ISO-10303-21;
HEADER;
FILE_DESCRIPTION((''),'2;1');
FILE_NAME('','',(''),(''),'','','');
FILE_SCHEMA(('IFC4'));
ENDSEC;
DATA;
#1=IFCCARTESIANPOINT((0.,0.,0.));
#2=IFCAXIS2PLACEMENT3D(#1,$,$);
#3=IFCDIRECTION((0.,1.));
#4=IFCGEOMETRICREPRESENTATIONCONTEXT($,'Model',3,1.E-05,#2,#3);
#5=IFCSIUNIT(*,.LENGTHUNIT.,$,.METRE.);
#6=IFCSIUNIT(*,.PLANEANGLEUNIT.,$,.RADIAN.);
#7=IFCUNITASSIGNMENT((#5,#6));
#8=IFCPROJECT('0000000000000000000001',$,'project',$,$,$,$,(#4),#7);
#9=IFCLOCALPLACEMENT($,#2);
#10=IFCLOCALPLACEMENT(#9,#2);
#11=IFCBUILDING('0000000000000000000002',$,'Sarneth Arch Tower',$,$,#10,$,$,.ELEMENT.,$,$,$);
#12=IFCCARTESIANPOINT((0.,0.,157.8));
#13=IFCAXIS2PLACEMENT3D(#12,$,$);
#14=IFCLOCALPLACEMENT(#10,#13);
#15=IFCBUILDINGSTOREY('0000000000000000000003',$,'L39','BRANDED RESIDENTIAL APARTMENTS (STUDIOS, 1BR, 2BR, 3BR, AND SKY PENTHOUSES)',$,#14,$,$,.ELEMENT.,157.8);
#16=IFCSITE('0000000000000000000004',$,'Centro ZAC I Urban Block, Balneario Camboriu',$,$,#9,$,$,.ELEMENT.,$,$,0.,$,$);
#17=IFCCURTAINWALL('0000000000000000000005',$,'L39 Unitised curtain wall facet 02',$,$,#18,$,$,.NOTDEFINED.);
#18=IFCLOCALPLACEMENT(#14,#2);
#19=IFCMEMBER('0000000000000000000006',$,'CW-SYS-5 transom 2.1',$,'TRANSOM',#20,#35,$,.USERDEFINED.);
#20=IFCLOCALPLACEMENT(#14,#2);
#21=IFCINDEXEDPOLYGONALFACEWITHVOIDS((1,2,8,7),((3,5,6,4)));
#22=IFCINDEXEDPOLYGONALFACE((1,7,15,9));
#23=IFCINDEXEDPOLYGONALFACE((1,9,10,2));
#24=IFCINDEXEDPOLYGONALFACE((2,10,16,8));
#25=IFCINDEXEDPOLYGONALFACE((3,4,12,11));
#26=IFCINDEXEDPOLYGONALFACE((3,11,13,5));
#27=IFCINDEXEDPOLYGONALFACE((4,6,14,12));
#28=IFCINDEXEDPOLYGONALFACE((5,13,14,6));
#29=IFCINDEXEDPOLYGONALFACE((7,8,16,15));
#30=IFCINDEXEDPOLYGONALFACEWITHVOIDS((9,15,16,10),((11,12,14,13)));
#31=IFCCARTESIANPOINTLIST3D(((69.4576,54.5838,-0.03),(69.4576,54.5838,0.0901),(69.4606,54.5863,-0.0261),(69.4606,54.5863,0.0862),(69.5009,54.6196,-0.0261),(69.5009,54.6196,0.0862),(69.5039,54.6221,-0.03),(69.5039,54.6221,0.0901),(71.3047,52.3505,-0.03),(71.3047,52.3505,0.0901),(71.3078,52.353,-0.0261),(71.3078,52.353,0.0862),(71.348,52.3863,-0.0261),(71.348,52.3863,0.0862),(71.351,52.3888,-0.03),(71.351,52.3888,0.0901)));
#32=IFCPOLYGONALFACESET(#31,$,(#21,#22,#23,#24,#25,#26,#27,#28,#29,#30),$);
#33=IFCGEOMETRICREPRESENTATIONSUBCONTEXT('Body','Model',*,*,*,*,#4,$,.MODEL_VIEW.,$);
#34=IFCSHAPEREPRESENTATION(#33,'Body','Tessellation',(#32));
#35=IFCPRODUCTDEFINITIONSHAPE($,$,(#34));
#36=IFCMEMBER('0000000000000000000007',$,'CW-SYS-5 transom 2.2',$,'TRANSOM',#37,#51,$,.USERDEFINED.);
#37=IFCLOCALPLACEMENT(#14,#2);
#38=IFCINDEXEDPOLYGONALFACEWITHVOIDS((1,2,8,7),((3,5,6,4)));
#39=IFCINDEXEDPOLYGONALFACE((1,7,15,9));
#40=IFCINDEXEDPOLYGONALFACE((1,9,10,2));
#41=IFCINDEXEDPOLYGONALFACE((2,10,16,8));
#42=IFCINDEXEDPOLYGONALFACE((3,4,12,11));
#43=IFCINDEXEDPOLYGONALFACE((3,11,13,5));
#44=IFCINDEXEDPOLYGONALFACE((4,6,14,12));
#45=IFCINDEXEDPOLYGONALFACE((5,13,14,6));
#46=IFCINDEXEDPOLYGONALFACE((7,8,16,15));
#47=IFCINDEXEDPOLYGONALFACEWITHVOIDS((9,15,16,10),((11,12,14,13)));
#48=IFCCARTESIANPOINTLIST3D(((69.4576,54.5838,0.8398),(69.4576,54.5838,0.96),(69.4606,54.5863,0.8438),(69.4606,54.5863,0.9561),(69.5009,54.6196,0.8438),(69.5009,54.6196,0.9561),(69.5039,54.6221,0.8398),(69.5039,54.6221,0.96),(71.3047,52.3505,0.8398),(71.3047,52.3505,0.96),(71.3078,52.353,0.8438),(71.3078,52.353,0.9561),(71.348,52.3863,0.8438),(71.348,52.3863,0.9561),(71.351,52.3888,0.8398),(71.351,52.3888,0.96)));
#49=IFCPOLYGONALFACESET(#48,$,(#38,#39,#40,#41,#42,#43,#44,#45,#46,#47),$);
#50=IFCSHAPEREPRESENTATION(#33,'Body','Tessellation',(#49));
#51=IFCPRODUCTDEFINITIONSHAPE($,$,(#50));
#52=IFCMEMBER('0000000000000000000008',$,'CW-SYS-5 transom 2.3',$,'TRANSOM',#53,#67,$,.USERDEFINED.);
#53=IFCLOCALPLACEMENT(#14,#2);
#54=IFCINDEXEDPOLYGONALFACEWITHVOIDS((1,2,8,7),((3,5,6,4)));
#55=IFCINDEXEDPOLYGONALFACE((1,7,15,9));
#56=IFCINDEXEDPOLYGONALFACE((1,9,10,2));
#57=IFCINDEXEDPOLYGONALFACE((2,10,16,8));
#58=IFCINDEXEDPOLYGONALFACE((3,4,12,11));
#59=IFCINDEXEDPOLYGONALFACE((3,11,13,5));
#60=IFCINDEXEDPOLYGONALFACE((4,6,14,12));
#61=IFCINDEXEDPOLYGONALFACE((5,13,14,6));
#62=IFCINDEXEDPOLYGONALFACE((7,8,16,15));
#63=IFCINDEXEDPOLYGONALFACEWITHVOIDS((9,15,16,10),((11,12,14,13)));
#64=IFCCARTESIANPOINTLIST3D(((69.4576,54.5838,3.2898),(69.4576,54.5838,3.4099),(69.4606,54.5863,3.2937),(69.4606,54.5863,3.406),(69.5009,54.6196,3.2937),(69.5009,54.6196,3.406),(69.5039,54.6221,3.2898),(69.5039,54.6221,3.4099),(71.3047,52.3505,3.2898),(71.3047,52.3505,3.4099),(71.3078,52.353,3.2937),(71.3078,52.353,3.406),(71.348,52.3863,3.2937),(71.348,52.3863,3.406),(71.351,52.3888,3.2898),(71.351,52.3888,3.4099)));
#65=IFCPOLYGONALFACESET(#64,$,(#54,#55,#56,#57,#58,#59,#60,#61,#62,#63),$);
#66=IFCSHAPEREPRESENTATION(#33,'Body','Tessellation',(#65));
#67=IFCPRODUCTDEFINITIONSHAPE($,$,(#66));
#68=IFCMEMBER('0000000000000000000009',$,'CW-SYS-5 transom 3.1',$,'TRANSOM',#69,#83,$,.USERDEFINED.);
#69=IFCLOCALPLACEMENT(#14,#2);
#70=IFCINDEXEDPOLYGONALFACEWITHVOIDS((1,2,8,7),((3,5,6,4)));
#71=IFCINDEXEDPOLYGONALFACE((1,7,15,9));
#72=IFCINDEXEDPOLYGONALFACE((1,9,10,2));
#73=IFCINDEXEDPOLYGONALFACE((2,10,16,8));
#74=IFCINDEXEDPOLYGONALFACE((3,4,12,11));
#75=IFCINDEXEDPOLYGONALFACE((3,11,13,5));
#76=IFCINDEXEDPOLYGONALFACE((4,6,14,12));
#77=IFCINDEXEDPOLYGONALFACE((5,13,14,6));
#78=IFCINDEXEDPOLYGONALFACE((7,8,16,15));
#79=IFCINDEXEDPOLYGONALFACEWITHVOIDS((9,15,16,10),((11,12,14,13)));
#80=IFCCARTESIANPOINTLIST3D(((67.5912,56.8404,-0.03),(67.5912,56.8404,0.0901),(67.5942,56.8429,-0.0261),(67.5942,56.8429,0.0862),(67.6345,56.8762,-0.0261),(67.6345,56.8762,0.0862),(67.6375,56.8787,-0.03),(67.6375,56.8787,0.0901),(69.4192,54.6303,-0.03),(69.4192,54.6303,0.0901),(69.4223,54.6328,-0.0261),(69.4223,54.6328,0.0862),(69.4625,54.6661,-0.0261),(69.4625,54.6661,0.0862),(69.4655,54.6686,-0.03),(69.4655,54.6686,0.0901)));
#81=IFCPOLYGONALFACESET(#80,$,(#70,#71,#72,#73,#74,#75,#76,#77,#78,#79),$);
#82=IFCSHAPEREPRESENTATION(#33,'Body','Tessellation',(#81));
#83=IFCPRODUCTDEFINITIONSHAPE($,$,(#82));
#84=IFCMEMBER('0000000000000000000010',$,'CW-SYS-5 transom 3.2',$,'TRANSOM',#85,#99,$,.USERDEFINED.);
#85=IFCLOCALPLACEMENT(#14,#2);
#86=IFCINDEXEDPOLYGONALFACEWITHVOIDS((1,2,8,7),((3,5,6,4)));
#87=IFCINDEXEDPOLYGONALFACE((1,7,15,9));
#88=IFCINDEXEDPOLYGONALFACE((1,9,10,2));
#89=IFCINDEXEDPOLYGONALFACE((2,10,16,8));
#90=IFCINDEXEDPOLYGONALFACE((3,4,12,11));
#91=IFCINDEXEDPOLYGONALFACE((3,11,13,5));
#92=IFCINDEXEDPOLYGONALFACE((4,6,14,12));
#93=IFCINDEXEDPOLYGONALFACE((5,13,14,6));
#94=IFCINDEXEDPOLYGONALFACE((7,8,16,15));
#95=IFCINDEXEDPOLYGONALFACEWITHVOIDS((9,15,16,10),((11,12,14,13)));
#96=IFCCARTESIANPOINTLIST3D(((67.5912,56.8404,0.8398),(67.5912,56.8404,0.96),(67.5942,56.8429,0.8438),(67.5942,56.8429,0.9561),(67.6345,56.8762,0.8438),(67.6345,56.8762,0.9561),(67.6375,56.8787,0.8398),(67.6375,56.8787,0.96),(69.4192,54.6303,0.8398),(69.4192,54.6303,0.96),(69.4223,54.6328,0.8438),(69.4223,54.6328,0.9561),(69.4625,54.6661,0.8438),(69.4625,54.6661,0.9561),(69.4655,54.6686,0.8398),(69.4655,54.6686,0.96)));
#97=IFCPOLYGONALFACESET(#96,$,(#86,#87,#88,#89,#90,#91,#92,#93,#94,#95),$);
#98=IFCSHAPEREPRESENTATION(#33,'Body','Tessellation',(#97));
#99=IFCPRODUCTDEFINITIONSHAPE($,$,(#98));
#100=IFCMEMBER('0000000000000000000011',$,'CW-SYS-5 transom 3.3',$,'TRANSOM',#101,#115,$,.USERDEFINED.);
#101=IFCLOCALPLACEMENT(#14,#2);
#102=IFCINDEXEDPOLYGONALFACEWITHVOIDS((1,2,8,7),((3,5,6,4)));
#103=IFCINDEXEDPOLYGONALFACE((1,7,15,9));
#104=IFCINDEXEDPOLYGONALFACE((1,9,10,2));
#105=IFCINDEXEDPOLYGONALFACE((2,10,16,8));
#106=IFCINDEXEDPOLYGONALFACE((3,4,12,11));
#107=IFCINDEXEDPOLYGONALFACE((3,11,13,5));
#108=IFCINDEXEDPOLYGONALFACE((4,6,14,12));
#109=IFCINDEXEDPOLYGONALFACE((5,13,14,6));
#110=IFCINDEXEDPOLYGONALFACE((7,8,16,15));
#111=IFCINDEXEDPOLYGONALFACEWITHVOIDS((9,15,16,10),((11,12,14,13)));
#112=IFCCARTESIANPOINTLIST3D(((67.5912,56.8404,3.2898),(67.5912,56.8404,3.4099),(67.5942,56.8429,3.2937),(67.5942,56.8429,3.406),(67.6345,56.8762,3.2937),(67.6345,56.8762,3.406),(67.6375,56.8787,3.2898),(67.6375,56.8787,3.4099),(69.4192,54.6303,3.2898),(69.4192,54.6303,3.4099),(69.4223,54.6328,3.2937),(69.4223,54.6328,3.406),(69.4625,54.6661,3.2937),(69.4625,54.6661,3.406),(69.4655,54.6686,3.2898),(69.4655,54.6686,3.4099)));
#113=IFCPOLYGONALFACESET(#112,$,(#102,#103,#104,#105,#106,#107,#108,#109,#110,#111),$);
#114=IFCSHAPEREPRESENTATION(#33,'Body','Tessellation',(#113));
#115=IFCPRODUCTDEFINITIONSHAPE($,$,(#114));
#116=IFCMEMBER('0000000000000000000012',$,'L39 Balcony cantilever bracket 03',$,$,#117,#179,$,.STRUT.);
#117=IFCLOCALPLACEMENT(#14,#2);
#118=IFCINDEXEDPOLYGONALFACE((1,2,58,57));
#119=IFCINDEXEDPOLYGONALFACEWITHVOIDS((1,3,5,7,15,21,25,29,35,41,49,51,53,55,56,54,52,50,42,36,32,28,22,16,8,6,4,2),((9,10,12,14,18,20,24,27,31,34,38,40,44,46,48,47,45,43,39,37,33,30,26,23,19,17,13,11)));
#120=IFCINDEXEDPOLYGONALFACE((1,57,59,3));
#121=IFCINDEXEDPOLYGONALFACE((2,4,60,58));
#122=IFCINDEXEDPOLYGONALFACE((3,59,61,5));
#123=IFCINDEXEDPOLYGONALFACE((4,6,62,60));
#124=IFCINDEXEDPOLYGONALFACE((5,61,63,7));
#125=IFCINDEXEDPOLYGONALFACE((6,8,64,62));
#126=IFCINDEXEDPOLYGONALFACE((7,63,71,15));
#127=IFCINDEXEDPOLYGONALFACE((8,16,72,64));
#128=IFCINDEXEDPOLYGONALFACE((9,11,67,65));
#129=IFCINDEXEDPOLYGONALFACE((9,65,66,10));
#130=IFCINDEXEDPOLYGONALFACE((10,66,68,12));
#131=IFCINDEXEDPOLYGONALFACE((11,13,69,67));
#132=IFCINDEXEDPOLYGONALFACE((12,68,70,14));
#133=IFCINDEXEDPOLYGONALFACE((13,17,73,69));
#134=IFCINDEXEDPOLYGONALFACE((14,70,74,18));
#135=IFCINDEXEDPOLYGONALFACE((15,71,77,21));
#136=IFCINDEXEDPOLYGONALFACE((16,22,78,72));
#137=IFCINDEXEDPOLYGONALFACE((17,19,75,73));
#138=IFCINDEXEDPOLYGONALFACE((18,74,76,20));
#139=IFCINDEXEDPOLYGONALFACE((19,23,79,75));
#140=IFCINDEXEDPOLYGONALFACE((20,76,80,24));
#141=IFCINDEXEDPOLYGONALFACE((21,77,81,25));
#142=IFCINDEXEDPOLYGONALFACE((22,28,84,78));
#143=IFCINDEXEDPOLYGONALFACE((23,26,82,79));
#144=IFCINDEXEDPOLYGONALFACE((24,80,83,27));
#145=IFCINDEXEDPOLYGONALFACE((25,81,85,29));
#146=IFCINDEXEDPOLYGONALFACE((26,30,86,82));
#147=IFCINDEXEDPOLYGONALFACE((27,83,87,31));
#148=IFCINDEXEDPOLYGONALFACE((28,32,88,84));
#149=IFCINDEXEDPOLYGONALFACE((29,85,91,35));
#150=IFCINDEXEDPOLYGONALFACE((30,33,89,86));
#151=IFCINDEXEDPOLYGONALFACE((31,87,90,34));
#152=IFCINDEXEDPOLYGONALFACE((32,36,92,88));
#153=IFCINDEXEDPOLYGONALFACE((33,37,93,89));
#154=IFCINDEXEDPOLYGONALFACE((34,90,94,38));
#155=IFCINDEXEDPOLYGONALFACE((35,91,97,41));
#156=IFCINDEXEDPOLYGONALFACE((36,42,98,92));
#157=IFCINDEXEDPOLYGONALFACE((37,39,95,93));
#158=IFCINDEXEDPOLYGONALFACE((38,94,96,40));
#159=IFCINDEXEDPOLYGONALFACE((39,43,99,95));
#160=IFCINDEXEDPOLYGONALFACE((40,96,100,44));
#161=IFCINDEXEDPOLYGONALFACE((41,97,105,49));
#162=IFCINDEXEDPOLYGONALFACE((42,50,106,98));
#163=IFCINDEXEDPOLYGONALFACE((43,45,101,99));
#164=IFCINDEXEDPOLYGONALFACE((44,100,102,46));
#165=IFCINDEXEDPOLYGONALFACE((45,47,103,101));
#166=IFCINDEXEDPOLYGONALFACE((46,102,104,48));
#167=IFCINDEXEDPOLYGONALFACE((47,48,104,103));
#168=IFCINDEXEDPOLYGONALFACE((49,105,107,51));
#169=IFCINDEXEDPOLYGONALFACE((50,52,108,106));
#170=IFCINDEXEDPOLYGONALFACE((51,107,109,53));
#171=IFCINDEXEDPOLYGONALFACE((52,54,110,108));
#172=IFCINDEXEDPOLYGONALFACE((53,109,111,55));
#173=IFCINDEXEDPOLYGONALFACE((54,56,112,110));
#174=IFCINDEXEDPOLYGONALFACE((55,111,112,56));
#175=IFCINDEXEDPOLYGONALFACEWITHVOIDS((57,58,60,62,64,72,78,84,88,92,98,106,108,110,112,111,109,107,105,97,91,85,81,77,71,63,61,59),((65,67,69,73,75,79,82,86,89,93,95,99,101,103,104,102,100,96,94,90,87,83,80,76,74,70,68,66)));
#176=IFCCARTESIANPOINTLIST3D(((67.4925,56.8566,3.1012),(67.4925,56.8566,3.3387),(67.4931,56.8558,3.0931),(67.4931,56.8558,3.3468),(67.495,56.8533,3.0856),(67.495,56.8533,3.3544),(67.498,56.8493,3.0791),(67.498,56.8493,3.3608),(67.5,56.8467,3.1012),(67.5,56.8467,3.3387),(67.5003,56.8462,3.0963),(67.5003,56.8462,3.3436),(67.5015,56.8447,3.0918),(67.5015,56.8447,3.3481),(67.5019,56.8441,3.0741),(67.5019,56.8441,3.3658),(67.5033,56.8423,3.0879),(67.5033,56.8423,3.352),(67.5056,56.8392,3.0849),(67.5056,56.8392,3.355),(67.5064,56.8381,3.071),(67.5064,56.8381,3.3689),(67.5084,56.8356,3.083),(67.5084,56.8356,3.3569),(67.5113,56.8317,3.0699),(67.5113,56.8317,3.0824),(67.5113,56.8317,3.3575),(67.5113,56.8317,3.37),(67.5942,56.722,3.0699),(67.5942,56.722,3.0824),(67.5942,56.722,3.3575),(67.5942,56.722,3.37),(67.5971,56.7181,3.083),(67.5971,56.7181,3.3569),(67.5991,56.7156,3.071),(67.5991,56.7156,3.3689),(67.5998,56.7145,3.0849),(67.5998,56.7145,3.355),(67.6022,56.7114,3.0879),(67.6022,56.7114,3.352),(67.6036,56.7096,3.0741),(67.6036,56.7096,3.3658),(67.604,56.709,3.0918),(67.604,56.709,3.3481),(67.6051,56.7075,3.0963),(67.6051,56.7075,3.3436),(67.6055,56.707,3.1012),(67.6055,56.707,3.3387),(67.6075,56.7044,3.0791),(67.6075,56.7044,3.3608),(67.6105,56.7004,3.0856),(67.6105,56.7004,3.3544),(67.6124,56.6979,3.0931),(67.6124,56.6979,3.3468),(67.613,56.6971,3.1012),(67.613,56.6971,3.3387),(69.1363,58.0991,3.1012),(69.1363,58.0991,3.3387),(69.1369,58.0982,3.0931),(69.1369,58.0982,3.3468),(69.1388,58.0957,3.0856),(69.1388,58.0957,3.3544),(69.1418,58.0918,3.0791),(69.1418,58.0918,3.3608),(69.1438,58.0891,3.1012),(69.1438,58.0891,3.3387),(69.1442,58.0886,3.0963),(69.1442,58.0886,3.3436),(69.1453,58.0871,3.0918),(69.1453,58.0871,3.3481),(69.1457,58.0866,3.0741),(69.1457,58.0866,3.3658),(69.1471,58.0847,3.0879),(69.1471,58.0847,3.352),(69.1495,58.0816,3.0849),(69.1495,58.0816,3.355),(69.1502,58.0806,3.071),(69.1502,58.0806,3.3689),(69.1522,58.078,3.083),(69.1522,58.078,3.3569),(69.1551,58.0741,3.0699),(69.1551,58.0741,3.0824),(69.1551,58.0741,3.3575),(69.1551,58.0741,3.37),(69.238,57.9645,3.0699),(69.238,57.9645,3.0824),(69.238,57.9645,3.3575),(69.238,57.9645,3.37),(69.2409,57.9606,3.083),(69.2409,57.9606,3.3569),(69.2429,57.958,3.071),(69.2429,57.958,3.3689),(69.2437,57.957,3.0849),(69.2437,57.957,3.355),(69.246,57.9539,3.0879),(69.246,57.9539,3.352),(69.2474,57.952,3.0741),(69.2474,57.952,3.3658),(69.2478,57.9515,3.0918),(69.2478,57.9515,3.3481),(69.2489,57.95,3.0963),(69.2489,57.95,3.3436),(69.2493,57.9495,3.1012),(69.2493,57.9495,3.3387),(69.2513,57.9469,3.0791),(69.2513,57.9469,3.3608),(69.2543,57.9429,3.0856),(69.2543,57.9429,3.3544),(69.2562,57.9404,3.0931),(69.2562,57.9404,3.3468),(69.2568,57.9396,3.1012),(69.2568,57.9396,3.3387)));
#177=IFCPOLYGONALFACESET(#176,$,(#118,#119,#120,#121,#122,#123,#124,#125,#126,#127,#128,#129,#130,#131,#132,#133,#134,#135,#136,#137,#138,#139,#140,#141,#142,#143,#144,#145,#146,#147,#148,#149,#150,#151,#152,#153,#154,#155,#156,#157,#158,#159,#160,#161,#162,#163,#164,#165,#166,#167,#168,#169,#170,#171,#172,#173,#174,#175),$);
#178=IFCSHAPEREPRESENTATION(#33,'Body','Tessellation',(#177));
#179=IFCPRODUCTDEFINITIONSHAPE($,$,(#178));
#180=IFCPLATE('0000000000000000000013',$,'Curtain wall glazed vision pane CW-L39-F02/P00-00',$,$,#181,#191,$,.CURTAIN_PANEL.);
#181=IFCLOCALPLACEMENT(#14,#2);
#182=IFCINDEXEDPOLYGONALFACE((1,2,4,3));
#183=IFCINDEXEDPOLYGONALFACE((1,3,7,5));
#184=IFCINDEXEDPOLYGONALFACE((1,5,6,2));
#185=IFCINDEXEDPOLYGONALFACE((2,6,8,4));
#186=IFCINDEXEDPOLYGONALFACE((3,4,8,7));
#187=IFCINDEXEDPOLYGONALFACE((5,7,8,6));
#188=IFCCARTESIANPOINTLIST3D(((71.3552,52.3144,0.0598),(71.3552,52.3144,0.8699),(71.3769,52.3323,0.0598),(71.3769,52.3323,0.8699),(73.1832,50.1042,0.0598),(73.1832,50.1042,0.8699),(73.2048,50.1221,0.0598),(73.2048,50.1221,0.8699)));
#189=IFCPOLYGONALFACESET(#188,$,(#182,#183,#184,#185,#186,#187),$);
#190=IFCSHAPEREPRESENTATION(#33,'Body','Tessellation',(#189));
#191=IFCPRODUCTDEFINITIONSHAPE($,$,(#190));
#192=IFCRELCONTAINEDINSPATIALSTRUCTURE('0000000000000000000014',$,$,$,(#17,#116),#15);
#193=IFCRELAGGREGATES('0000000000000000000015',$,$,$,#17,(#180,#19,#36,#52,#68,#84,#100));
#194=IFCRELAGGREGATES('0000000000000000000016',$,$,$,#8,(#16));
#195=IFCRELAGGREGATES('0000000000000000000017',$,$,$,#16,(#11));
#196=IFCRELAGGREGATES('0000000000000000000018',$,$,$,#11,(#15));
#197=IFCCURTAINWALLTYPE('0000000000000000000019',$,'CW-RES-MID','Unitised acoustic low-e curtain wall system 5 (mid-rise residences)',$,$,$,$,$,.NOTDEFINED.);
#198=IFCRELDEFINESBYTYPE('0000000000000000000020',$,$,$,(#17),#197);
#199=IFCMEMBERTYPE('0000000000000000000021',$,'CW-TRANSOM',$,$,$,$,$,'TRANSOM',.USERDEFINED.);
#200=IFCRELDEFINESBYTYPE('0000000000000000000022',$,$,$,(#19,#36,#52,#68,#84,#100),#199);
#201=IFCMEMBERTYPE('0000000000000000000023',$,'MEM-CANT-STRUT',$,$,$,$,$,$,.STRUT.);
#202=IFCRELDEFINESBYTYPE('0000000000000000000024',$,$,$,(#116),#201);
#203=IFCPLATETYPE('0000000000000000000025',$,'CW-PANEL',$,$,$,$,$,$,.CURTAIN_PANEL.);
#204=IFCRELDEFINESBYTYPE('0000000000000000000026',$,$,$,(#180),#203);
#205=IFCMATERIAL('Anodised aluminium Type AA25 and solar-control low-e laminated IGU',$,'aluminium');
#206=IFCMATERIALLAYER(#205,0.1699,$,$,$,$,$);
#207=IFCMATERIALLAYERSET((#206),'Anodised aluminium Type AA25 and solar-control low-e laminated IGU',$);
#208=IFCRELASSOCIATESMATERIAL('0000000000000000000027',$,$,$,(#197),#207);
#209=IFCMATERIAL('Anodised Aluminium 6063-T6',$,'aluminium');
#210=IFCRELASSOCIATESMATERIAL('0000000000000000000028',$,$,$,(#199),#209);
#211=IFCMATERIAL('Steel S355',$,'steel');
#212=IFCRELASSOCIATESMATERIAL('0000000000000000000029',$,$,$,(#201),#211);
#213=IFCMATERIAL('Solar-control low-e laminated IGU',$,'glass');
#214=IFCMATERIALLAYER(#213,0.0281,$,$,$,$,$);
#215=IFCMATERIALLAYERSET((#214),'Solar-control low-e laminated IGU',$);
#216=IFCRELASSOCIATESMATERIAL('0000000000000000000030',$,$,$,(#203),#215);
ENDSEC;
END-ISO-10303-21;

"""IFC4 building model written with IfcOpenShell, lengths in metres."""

from ifc_helpers import new_model, si_unit, direction, frame, origin, origin_2d, place, context, subcontext, project, spatial, rectangle, hollow_rectangle, extrude, material, layer, layer_set, material_profile, profile_set, type_object, element, aggregate, save


model = new_model("IFC4")

# Units and contexts
model_context = context("Model", 3, precision=1e-05, world=origin(), true_north=direction((0.0, 1.0)))
body_context = subcontext(model_context, "Body", "Model", "MODEL_VIEW")
ifc_project = project(units=[si_unit("LENGTHUNIT", "METRE"), si_unit("PLANEANGLEUNIT", "RADIAN")], contexts=[model_context])

# Site, building, storey
site_placement = place(None, origin())
site = spatial("IfcSite", under=ifc_project, at=site_placement, Name="Centro ZAC I Urban Block, Balneario Camboriu", CompositionType="ELEMENT", RefElevation=0.0)
building_placement = place(site_placement, origin())
building = spatial("IfcBuilding", under=site, at=building_placement, Name="Sarneth Arch Tower", CompositionType="ELEMENT")
storey_placement = place(building_placement, frame((0.0, 0.0, 157.8)))
storey = spatial("IfcBuildingStorey", under=building, at=storey_placement, Name="L39", Description="BRANDED RESIDENTIAL APARTMENTS (STUDIOS, 1BR, 2BR, 3BR, AND SKY PENTHOUSES)", CompositionType="ELEMENT", Elevation=157.8)

# Curtain wall, members
ifc_material_1 = material(Name="Anodised aluminium Type AA25 and solar-control low-e laminated IGU", Category="aluminium")
ifc_layer_1 = layer(ifc_material_1, 0.1699)
ifc_layer_set_1 = layer_set([ifc_layer_1], Name="Anodised aluminium Type AA25 and solar-control low-e laminated IGU")
curtain_wall_type = type_object("IfcCurtainWallType", Name="CW-RES-MID", Description="Unitised acoustic low-e curtain wall system 5 (mid-rise residences)", PredefinedType="NOTDEFINED", material=ifc_layer_set_1)
curtain_wall_placement = place(storey_placement, origin())
curtain_wall = element("IfcCurtainWall", 1, at=curtain_wall_placement, inside=storey, type_object=curtain_wall_type, Name="L39 Unitised curtain wall facet 02", PredefinedType="NOTDEFINED")
ifc_material_2 = material(Name="Anodised Aluminium 6063-T6", Category="aluminium")
ifc_material_profile_1 = material_profile(ifc_material_2, hollow_rectangle(XDim=0.0601, YDim=0.1201, WallThickness=0.0039, at=origin_2d()), Name="AL-TRAN-120x60x4")
ifc_profile_set_1 = profile_set([ifc_material_profile_1], Name="Anodised Aluminium 6063-T6")
member_type_1 = type_object("IfcMemberType", Name="CW-TRANSOM", ElementType="TRANSOM", PredefinedType="USERDEFINED", material=ifc_profile_set_1)
member_1_placement = place(storey_placement, frame((71.3279, 52.3696, 0.03), z_axis=(-0.63733, 0.770591, 0.0), x_axis=(-0.770591, -0.63733, 0.0)))
member_1 = element("IfcMember", 2, at=member_1_placement, type_object=member_type_1, Name="CW-SYS-5 transom 2.1", ObjectType="TRANSOM", PredefinedType="USERDEFINED", context=body_context, shape_type="SweptSolid", body=[
    extrude(hollow_rectangle(XDim=0.0601, YDim=0.1201, WallThickness=0.0039, at=origin_2d()), origin(), (0.0, 0.0, 1.0), 2.8982),
])
member_2_placement = place(storey_placement, frame((71.3279, 52.3696, 0.8999), z_axis=(-0.63733, 0.770591, 0.0), x_axis=(-0.770591, -0.63733, 0.0)))
member_2 = element("IfcMember", 3, at=member_2_placement, type_object=member_type_1, Name="CW-SYS-5 transom 2.2", ObjectType="TRANSOM", PredefinedType="USERDEFINED", context=body_context, shape_type="SweptSolid", body=[
    extrude(hollow_rectangle(XDim=0.0601, YDim=0.1201, WallThickness=0.0039, at=origin_2d()), origin(), (0.0, 0.0, 1.0), 2.8982),
])
member_3_placement = place(storey_placement, frame((71.3279, 52.3696, 3.3499), z_axis=(-0.63733, 0.770591, 0.0), x_axis=(-0.770591, -0.63733, 0.0)))
member_3 = element("IfcMember", 4, at=member_3_placement, type_object=member_type_1, Name="CW-SYS-5 transom 2.3", ObjectType="TRANSOM", PredefinedType="USERDEFINED", context=body_context, shape_type="SweptSolid", body=[
    extrude(hollow_rectangle(XDim=0.0601, YDim=0.1201, WallThickness=0.0039, at=origin_2d()), origin(), (0.0, 0.0, 1.0), 2.8982),
])
member_4_placement = place(storey_placement, frame((69.4424, 54.6494, 0.03), z_axis=(-0.637359, 0.770567, 0.0), x_axis=(-0.770567, -0.637359, 0.0)))
member_4 = element("IfcMember", 5, at=member_4_placement, type_object=member_type_1, Name="CW-SYS-5 transom 3.1", ObjectType="TRANSOM", PredefinedType="USERDEFINED", context=body_context, shape_type="SweptSolid", body=[
    extrude(hollow_rectangle(XDim=0.0601, YDim=0.1201, WallThickness=0.0039, at=origin_2d()), origin(), (0.0, 0.0, 1.0), 2.8682),
])
member_5_placement = place(storey_placement, frame((69.4424, 54.6494, 0.8999), z_axis=(-0.637359, 0.770567, 0.0), x_axis=(-0.770567, -0.637359, 0.0)))
member_5 = element("IfcMember", 6, at=member_5_placement, type_object=member_type_1, Name="CW-SYS-5 transom 3.2", ObjectType="TRANSOM", PredefinedType="USERDEFINED", context=body_context, shape_type="SweptSolid", body=[
    extrude(hollow_rectangle(XDim=0.0601, YDim=0.1201, WallThickness=0.0039, at=origin_2d()), origin(), (0.0, 0.0, 1.0), 2.8682),
])
member_6_placement = place(storey_placement, frame((69.4424, 54.6494, 3.3499), z_axis=(-0.637359, 0.770567, 0.0), x_axis=(-0.770567, -0.637359, 0.0)))
member_6 = element("IfcMember", 7, at=member_6_placement, type_object=member_type_1, Name="CW-SYS-5 transom 3.3", ObjectType="TRANSOM", PredefinedType="USERDEFINED", context=body_context, shape_type="SweptSolid", body=[
    extrude(hollow_rectangle(XDim=0.0601, YDim=0.1201, WallThickness=0.0039, at=origin_2d()), origin(), (0.0, 0.0, 1.0), 2.8682),
])

# Member
ifc_material_3 = material(Name="Steel S355", Category="steel")
ifc_material_profile_2 = material_profile(ifc_material_3, hollow_rectangle(XDim=0.2, YDim=0.3, WallThickness=0.0125, InnerFilletRadius=0.0188, OuterFilletRadius=0.0312, at=origin_2d()), Name="RHS300x200x12.5")
ifc_profile_set_2 = profile_set([ifc_material_profile_2], Name="Steel S355")
member_type_2 = type_object("IfcMemberType", Name="MEM-CANT-STRUT", PredefinedType="STRUT", material=ifc_profile_set_2)
member_7_placement = place(storey_placement, frame((67.5527, 56.7769, 3.22), z_axis=(0.797762, 0.602972, 0.0), x_axis=(-0.602972, 0.797762, 0.0)))
element("IfcMember", 8, at=member_7_placement, inside=storey, type_object=member_type_2, Name="L39 Balcony cantilever bracket 03", PredefinedType="STRUT", context=body_context, shape_type="SweptSolid", body=[
    extrude(hollow_rectangle(XDim=0.2, YDim=0.3, WallThickness=0.0125, InnerFilletRadius=0.0188, OuterFilletRadius=0.0312, at=origin_2d()), origin(), (0.0, 0.0, 1.0), 2.0605),
])

# Plate
ifc_material_4 = material(Name="Solar-control low-e laminated IGU", Category="glass")
ifc_layer_2 = layer(ifc_material_4, 0.0281)
ifc_layer_set_2 = layer_set([ifc_layer_2], Name="Solar-control low-e laminated IGU")
plate_type_1 = type_object("IfcPlateType", Name="CW-PANEL", PredefinedType="CURTAIN_PANEL", material=ifc_layer_set_2)
plate_1_placement = place(storey_placement, frame((72.28, 51.2183, 0.0598), z_axis=(0.0, 0.0, 1.0), x_axis=(-0.63733, 0.770591, 0.0)))
plate_1 = element("IfcPlate", 9, at=plate_1_placement, type_object=plate_type_1, Name="Curtain wall glazed vision pane CW-L39-F02/P00-00", PredefinedType="CURTAIN_PANEL", context=body_context, shape_type="SweptSolid", body=[
    extrude(rectangle(XDim=2.8682, YDim=0.0281, at=origin_2d()), origin(), (0.0, 0.0, 1.0), 0.8101),
])
aggregate(curtain_wall, [plate_1, member_1, member_2, member_3, member_4, member_5, member_6])

save(model, "model.ifc")
